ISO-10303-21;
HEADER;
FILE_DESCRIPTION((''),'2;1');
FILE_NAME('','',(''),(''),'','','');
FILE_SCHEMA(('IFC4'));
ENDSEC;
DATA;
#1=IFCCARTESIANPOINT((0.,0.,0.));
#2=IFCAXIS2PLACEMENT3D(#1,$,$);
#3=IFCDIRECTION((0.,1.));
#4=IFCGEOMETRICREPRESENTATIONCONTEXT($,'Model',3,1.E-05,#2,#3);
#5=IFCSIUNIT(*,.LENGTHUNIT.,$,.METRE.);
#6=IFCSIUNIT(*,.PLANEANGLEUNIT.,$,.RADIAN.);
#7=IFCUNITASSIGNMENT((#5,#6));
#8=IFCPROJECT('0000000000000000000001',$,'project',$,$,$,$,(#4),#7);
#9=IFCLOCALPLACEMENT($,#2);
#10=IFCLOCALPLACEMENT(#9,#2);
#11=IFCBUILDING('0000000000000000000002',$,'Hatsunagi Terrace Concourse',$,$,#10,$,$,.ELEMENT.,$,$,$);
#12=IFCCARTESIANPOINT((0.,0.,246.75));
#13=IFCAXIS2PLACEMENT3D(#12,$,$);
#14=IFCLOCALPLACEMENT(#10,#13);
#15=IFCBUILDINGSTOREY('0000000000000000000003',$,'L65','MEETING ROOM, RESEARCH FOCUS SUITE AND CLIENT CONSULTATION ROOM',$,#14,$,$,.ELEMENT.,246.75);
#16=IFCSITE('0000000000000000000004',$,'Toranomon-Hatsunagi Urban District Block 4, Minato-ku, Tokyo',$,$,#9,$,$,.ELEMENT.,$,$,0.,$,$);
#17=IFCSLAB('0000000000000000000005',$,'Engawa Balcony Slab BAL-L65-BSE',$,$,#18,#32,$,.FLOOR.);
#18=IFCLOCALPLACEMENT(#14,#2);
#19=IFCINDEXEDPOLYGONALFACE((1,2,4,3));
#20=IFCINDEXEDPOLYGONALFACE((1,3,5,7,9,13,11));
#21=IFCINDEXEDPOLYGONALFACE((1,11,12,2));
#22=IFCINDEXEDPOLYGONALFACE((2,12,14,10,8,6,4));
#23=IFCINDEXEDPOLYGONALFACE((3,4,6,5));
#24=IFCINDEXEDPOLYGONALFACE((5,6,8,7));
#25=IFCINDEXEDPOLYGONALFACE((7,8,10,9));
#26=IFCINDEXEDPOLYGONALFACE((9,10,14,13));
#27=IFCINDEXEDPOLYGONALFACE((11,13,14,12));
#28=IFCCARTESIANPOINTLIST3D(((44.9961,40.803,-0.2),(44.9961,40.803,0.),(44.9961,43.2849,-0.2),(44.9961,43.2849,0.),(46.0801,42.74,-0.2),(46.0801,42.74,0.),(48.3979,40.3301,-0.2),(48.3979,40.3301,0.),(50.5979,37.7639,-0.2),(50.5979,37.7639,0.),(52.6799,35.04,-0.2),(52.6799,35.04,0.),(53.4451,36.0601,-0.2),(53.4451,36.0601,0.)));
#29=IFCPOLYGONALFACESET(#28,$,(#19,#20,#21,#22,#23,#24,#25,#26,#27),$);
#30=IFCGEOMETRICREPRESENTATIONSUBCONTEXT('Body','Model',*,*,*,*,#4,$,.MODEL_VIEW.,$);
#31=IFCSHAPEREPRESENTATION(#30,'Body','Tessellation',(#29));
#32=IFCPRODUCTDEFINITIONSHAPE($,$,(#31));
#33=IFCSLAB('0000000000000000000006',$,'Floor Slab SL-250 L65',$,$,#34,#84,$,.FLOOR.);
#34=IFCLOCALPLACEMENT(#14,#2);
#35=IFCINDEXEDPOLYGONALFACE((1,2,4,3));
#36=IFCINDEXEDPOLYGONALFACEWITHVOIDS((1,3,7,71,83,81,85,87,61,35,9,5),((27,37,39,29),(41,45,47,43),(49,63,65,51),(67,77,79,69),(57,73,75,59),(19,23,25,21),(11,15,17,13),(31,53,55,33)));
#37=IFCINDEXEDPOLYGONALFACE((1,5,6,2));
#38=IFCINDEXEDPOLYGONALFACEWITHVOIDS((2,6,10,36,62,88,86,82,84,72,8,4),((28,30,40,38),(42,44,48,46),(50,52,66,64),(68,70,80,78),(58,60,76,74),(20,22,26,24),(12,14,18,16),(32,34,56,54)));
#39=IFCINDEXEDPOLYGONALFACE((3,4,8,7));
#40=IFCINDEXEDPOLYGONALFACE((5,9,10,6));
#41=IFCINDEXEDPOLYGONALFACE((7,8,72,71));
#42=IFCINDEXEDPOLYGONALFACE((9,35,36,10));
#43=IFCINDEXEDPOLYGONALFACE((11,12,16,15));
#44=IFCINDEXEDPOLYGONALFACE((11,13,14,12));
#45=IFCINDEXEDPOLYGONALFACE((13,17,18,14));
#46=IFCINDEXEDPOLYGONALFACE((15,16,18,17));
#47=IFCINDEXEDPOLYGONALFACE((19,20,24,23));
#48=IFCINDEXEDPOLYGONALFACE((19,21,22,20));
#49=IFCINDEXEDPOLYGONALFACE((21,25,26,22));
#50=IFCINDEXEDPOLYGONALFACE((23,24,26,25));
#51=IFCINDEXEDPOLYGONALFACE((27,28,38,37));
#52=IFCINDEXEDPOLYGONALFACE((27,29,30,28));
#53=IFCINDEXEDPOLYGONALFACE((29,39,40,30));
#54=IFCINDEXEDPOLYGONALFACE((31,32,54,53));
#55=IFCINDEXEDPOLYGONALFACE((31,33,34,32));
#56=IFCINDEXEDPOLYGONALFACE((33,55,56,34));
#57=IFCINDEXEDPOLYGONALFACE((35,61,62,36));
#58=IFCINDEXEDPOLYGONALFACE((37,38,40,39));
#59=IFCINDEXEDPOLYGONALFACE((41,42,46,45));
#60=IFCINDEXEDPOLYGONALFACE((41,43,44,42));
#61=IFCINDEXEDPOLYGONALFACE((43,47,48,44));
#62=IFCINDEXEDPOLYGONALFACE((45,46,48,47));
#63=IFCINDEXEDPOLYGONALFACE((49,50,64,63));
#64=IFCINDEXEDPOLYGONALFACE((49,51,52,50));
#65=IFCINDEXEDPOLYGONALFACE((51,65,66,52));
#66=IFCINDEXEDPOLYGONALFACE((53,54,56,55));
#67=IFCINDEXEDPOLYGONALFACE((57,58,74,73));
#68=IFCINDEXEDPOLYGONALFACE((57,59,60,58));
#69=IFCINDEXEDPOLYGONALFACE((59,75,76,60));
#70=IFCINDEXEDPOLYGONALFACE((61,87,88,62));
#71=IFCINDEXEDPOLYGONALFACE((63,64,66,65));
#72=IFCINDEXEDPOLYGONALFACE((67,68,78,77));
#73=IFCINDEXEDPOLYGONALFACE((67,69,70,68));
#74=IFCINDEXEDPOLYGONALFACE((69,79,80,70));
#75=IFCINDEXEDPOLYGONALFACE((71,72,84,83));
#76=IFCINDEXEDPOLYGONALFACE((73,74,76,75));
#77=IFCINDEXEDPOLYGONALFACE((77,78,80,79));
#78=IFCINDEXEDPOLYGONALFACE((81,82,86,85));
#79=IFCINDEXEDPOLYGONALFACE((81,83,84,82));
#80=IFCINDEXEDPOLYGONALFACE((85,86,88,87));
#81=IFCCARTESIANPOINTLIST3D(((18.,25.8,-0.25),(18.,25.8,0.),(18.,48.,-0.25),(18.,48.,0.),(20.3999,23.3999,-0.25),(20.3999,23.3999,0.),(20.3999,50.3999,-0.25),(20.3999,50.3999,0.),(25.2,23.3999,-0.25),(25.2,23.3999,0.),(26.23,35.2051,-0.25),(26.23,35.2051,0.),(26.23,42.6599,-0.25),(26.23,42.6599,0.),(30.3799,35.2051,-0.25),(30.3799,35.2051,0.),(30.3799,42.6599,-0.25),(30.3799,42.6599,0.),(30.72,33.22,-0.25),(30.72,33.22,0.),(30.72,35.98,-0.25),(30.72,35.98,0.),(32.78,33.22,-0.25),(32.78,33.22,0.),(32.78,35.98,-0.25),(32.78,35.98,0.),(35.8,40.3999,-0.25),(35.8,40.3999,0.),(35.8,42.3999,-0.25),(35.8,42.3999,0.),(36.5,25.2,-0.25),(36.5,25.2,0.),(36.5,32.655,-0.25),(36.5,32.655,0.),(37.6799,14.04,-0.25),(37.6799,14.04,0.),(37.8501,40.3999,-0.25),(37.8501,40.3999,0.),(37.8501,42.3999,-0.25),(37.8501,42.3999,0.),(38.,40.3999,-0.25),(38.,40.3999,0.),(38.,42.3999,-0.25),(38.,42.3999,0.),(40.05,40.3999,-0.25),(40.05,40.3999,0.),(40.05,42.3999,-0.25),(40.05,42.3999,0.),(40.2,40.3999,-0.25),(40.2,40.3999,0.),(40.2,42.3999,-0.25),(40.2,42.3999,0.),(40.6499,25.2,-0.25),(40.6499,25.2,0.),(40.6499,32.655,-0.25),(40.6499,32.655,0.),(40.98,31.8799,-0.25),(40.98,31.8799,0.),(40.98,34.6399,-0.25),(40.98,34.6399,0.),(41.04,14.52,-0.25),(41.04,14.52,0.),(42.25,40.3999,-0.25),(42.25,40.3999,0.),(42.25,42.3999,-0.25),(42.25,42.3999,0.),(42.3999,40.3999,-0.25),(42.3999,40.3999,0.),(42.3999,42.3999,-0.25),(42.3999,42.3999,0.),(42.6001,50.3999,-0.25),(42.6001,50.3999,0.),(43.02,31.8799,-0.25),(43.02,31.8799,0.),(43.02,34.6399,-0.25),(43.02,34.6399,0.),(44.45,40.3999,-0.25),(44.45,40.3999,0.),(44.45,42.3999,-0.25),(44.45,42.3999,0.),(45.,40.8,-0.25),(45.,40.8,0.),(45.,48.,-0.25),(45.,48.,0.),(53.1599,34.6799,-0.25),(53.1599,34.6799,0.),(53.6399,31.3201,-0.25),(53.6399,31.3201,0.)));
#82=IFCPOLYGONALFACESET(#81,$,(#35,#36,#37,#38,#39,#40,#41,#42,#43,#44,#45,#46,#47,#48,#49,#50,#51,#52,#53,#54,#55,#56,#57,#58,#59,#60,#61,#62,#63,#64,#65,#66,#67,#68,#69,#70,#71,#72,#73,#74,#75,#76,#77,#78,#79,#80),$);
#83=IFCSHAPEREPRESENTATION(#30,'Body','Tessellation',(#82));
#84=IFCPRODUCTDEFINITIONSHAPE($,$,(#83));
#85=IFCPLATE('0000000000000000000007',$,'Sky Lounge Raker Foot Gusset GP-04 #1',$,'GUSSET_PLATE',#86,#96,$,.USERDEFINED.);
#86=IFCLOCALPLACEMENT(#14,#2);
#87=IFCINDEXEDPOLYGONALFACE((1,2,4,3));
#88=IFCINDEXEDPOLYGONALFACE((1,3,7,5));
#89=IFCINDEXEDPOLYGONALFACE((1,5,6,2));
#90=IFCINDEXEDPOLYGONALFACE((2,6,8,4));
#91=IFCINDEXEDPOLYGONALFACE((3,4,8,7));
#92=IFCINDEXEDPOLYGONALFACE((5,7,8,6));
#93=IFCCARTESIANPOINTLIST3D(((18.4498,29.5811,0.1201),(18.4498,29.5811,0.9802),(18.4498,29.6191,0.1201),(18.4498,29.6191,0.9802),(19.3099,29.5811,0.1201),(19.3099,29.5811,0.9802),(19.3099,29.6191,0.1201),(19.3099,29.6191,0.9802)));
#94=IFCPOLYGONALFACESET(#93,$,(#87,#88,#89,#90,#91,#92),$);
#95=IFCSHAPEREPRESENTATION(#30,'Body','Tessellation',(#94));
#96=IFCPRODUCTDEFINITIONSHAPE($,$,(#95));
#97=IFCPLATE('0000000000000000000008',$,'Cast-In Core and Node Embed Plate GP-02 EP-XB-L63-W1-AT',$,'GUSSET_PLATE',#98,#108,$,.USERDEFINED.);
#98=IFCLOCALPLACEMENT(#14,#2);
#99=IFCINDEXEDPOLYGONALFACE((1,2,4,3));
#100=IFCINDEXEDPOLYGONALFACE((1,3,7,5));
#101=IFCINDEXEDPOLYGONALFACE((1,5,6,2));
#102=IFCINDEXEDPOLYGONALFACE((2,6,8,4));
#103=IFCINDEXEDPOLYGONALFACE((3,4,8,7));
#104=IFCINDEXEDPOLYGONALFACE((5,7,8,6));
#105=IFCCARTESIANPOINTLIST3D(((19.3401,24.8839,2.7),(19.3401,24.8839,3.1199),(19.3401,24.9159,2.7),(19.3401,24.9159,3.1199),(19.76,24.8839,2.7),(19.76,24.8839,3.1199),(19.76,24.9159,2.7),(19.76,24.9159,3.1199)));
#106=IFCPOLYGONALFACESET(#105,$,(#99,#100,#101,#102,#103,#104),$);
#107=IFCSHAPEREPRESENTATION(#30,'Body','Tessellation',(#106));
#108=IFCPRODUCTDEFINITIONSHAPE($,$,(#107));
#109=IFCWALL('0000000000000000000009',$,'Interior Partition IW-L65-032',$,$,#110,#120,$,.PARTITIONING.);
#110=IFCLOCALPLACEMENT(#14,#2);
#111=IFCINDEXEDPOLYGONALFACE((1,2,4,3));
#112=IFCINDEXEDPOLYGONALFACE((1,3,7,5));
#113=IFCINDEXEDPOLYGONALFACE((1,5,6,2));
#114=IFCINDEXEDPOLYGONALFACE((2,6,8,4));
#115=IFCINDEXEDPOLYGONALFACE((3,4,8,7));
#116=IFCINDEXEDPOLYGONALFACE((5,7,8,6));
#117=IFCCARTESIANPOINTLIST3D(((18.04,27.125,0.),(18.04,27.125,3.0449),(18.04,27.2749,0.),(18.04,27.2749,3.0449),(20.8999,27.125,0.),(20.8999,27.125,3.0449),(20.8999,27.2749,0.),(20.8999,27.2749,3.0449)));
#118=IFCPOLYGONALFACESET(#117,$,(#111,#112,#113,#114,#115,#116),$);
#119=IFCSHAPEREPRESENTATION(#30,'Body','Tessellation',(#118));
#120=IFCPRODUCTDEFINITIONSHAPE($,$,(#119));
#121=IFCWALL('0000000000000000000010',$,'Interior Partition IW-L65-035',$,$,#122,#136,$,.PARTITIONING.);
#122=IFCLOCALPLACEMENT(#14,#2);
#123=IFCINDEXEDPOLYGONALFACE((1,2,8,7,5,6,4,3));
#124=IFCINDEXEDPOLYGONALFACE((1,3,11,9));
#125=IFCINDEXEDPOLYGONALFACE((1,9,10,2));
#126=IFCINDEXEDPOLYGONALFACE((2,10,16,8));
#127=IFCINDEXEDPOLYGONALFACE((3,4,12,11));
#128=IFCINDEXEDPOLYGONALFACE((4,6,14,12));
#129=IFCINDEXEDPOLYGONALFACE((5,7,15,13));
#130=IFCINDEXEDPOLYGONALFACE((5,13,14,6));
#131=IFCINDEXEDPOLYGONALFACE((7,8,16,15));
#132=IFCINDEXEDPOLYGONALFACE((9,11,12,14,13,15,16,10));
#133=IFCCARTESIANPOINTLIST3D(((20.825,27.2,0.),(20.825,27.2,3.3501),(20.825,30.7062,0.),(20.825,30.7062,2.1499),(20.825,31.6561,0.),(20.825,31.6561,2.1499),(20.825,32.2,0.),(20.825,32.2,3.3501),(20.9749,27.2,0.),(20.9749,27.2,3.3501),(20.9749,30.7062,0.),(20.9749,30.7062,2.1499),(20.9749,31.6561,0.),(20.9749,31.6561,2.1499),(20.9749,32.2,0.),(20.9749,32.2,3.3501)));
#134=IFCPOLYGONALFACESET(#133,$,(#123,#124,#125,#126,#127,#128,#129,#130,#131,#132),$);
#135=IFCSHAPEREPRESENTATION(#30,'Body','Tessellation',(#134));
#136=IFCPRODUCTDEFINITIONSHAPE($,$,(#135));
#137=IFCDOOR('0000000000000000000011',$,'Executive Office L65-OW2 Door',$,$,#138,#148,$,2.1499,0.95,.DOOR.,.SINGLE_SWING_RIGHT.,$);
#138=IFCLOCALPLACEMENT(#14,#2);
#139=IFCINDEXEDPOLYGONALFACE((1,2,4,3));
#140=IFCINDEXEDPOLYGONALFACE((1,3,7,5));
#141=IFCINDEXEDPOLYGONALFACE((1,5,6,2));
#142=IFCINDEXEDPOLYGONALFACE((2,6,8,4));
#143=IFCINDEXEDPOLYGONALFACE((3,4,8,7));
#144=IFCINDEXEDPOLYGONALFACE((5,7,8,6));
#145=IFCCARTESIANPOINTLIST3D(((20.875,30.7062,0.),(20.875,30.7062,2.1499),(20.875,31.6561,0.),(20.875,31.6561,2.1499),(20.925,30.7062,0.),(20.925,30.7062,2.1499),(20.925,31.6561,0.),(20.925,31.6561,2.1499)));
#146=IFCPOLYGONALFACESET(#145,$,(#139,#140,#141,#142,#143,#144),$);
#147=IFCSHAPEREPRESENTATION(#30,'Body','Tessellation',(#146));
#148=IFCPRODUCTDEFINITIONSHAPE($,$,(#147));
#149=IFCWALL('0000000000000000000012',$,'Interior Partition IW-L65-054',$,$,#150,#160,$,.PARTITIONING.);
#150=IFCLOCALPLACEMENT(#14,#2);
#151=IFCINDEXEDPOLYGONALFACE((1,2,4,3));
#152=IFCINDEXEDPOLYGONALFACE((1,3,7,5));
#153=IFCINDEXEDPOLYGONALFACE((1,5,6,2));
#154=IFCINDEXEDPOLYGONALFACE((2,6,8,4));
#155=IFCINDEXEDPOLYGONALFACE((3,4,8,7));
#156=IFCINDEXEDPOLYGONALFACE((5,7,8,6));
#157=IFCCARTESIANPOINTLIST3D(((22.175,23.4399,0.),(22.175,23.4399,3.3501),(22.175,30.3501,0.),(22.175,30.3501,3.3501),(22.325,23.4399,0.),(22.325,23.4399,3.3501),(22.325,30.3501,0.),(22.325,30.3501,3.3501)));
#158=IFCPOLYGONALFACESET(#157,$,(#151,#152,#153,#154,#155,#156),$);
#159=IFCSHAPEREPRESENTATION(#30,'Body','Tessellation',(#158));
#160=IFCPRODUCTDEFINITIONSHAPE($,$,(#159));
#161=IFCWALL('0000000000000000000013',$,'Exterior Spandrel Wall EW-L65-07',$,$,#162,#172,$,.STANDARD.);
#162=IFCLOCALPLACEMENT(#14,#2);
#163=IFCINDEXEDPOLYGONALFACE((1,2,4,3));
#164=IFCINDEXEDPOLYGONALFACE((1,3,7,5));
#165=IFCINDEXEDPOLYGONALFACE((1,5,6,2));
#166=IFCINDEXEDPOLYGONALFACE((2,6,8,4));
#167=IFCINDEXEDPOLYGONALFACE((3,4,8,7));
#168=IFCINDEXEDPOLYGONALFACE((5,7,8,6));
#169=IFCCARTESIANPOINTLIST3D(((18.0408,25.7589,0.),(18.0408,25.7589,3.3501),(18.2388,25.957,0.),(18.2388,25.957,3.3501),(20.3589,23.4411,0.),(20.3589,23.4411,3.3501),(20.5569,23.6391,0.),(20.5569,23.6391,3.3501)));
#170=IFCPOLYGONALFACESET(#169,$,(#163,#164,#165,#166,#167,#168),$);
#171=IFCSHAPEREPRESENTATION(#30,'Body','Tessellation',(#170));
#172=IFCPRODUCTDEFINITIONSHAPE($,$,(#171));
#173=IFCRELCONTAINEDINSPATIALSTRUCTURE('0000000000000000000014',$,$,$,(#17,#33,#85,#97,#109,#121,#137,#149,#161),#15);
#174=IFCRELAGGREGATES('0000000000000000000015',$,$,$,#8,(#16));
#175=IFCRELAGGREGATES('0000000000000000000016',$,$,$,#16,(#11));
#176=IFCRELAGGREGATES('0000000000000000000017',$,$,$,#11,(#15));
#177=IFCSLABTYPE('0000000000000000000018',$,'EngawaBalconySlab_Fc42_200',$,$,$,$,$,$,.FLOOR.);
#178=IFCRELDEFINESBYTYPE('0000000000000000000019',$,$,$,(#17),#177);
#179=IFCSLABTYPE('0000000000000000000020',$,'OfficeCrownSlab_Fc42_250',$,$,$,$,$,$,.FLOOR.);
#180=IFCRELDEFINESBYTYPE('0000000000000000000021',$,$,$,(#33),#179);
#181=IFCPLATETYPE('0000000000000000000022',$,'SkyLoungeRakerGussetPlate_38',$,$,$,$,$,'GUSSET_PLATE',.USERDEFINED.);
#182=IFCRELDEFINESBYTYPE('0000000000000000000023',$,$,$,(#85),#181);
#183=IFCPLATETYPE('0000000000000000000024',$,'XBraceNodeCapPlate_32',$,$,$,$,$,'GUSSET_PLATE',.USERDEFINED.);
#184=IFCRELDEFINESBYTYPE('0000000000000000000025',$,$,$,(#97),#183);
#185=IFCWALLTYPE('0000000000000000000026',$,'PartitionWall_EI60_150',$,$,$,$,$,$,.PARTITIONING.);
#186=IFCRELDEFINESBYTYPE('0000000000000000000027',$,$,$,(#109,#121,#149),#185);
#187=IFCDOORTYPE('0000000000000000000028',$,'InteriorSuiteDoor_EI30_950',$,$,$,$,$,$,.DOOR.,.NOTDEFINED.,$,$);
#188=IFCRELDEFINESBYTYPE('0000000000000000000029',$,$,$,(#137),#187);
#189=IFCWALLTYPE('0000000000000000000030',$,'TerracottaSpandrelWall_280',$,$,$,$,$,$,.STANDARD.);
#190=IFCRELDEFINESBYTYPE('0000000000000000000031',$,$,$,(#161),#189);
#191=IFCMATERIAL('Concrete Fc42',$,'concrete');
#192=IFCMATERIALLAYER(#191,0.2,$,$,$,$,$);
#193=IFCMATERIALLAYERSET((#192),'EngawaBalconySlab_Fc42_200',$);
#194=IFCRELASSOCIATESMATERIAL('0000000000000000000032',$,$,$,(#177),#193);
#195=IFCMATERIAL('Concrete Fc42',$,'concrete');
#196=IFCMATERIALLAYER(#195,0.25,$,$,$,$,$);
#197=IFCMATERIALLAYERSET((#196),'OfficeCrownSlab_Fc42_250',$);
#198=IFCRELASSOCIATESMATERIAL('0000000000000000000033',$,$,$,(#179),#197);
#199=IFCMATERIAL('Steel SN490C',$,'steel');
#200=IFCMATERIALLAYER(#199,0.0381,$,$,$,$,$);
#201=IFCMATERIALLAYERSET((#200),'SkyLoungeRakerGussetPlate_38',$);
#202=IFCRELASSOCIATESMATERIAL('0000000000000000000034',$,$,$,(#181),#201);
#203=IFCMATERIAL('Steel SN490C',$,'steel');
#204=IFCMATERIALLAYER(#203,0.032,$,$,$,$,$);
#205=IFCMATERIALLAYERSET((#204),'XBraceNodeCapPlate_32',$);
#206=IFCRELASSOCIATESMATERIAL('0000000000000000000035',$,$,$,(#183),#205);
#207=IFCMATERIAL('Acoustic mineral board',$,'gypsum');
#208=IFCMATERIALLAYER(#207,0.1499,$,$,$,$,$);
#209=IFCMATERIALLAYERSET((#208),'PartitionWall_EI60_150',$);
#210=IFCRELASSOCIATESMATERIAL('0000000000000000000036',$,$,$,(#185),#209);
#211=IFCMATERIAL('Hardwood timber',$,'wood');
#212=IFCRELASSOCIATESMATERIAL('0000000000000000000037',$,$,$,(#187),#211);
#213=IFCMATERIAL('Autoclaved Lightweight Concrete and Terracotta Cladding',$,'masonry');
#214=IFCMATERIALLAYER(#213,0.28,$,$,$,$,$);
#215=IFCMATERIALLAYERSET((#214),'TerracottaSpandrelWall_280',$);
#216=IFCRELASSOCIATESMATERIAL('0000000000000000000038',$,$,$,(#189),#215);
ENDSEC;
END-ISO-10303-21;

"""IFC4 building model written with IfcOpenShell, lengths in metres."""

from ifc_helpers import new_model, si_unit, direction, frame, frame_2d, origin, origin_2d, place, context, subcontext, project, spatial, polyline, rectangle, outline, extrude, material, layer, layer_set, type_object, element, fill, save


model = new_model("IFC4")

# Units and contexts
model_context = context("Model", 3, precision=1e-05, world=origin(), true_north=direction((0.0, 1.0)))
body_context = subcontext(model_context, "Body", "Model", "MODEL_VIEW")
ifc_project = project(units=[si_unit("LENGTHUNIT", "METRE"), si_unit("PLANEANGLEUNIT", "RADIAN")], contexts=[model_context])

# Site, building, storey
site_placement = place(None, origin())
site = spatial("IfcSite", under=ifc_project, at=site_placement, Name="Toranomon-Hatsunagi Urban District Block 4, Minato-ku, Tokyo", CompositionType="ELEMENT", RefElevation=0.0)
building_placement = place(site_placement, origin())
building = spatial("IfcBuilding", under=site, at=building_placement, Name="Hatsunagi Terrace Concourse", CompositionType="ELEMENT")
storey_placement = place(building_placement, frame((0.0, 0.0, 246.75)))
storey = spatial("IfcBuildingStorey", under=building, at=storey_placement, Name="L65", Description="MEETING ROOM, RESEARCH FOCUS SUITE AND CLIENT CONSULTATION ROOM", CompositionType="ELEMENT", Elevation=246.75)

# Slabs
ifc_material_1 = material(Name="Concrete Fc42", Category="concrete")
ifc_layer_1 = layer(ifc_material_1, 0.2)
ifc_layer_set_1 = layer_set([ifc_layer_1], Name="EngawaBalconySlab_Fc42_200")
slab_type_1 = type_object("IfcSlabType", Name="EngawaBalconySlab_Fc42_200", PredefinedType="FLOOR", material=ifc_layer_set_1)
slab_1_placement = place(storey_placement, frame((0.0, 0.0, -0.2)))
element("IfcSlab", 1, at=slab_1_placement, inside=storey, type_object=slab_type_1, Name="Engawa Balcony Slab BAL-L65-BSE", PredefinedType="FLOOR", context=body_context, shape_type="SweptSolid", body=[
    extrude(outline(polyline([(46.0801, 42.74), (44.9961, 43.2849), (44.9961, 40.803), (52.6799, 35.04), (53.4451, 36.0601), (50.5979, 37.7639), (48.3979, 40.3301), (46.0801, 42.74)])), origin(), (0.0, 0.0, 1.0), 0.2),
])
ifc_material_2 = material(Name="Concrete Fc42", Category="concrete")
ifc_layer_2 = layer(ifc_material_2, 0.25)
ifc_layer_set_2 = layer_set([ifc_layer_2], Name="OfficeCrownSlab_Fc42_250")
slab_type_2 = type_object("IfcSlabType", Name="OfficeCrownSlab_Fc42_250", PredefinedType="FLOOR", material=ifc_layer_set_2)
slab_2_placement = place(storey_placement, frame((0.0, 0.0, -0.25)))
element("IfcSlab", 2, at=slab_2_placement, inside=storey, type_object=slab_type_2, Name="Floor Slab SL-250 L65", PredefinedType="FLOOR", context=body_context, shape_type="SweptSolid", body=[
    extrude(outline(polyline([(45.0, 40.8), (45.0, 48.0), (42.6001, 50.3999), (20.3999, 50.3999), (18.0, 48.0), (18.0, 25.8), (20.3999, 23.3999), (25.2, 23.3999), (37.6799, 14.04), (41.04, 14.52), (53.6399, 31.3201), (53.1599, 34.6799), (45.0, 40.8)]), holes=[polyline([(26.23, 35.2051), (30.3799, 35.2051), (30.3799, 42.6599), (26.23, 42.6599), (26.23, 35.2051)]), polyline([(36.5, 25.2), (40.6499, 25.2), (40.6499, 32.655), (36.5, 32.655), (36.5, 25.2)]), polyline([(30.72, 33.22), (32.78, 33.22), (32.78, 35.98), (30.72, 35.98), (30.72, 33.22)]), polyline([(40.98, 31.8799), (43.02, 31.8799), (43.02, 34.6399), (40.98, 34.6399), (40.98, 31.8799)]), polyline([(35.8, 40.3999), (37.8501, 40.3999), (37.8501, 42.3999), (35.8, 42.3999), (35.8, 40.3999)]), polyline([(38.0, 40.3999), (40.05, 40.3999), (40.05, 42.3999), (38.0, 42.3999), (38.0, 40.3999)]), polyline([(40.2, 40.3999), (42.25, 40.3999), (42.25, 42.3999), (40.2, 42.3999), (40.2, 40.3999)]), polyline([(42.3999, 40.3999), (44.45, 40.3999), (44.45, 42.3999), (42.3999, 42.3999), (42.3999, 40.3999)])]), origin(), (0.0, 0.0, 1.0), 0.25),
])

# Plates
ifc_material_3 = material(Name="Steel SN490C", Category="steel")
ifc_layer_3 = layer(ifc_material_3, 0.0381)
ifc_layer_set_3 = layer_set([ifc_layer_3], Name="SkyLoungeRakerGussetPlate_38")
plate_type_1 = type_object("IfcPlateType", Name="SkyLoungeRakerGussetPlate_38", ElementType="GUSSET_PLATE", PredefinedType="USERDEFINED", material=ifc_layer_set_3)
plate_1_placement = place(storey_placement, frame((18.8799, 29.6001, 0.1201), z_axis=(0.0, 0.0, 1.0), x_axis=(1.0, 0.0, 0.0)))
element("IfcPlate", 3, at=plate_1_placement, inside=storey, type_object=plate_type_1, Name="Sky Lounge Raker Foot Gusset GP-04 #1", ObjectType="GUSSET_PLATE", PredefinedType="USERDEFINED", context=body_context, shape_type="SweptSolid", body=[
    extrude(rectangle(XDim=0.8601, YDim=0.0381, at=origin_2d()), origin(), (0.0, 0.0, 1.0), 0.8601),
])
ifc_material_4 = material(Name="Steel SN490C", Category="steel")
ifc_layer_4 = layer(ifc_material_4, 0.032)
ifc_layer_set_4 = layer_set([ifc_layer_4], Name="XBraceNodeCapPlate_32")
plate_type_2 = type_object("IfcPlateType", Name="XBraceNodeCapPlate_32", ElementType="GUSSET_PLATE", PredefinedType="USERDEFINED", material=ifc_layer_set_4)
plate_2_placement = place(storey_placement, frame((19.55, 24.8999, 2.7), z_axis=(0.0, 0.0, 1.0), x_axis=(1.0, 0.0, 0.0)))
element("IfcPlate", 4, at=plate_2_placement, inside=storey, type_object=plate_type_2, Name="Cast-In Core and Node Embed Plate GP-02 EP-XB-L63-W1-AT", ObjectType="GUSSET_PLATE", PredefinedType="USERDEFINED", context=body_context, shape_type="SweptSolid", body=[
    extrude(rectangle(XDim=0.4199, YDim=0.032, at=origin_2d()), origin(), (0.0, 0.0, 1.0), 0.4199),
])

# Wall
ifc_material_5 = material(Name="Acoustic mineral board", Category="gypsum")
ifc_layer_5 = layer(ifc_material_5, 0.1499)
ifc_layer_set_5 = layer_set([ifc_layer_5], Name="PartitionWall_EI60_150")
wall_type_1 = type_object("IfcWallType", Name="PartitionWall_EI60_150", PredefinedType="PARTITIONING", material=ifc_layer_set_5)
wall_1_placement = place(storey_placement, frame((18.04, 27.2, 0.0), z_axis=(0.0, 0.0, 1.0), x_axis=(1.0, 0.0, 0.0)))
element("IfcWall", 5, at=wall_1_placement, inside=storey, type_object=wall_type_1, Name="Interior Partition IW-L65-032", PredefinedType="PARTITIONING", context=body_context, shape_type="SweptSolid", body=[
    extrude(rectangle(XDim=2.8599, YDim=0.1499, at=frame_2d((1.4299, 0.0))), origin(), (0.0, 0.0, 1.0), 3.0449),
])

# Wall, opening, door
ifc_material_6 = material(Name="Hardwood timber", Category="wood")
door_type = type_object("IfcDoorType", Name="InteriorSuiteDoor_EI30_950", OperationType="NOTDEFINED", PredefinedType="DOOR", material=ifc_material_6)
wall_2_placement = place(storey_placement, frame((20.8999, 27.2, 0.0), z_axis=(0.0, 0.0, 1.0), x_axis=(0.0, 1.0, 0.0)))
wall_2 = element("IfcWall", 6, at=wall_2_placement, inside=storey, type_object=wall_type_1, Name="Interior Partition IW-L65-035", PredefinedType="PARTITIONING", context=body_context, shape_type="SweptSolid", body=[
    extrude(rectangle(XDim=5.0, YDim=0.1499, at=frame_2d((2.5, 0.0))), origin(), (0.0, 0.0, 1.0), 3.3501),
])
opening_1_placement = place(wall_2_placement, frame((3.5061, 0.0, 0.0)))
opening_1 = element("IfcOpeningElement", 7, at=opening_1_placement, cuts=wall_2, PredefinedType="OPENING", context=body_context, shape_type="SweptSolid", body=[
    extrude(rectangle(XDim=0.95, YDim=2.1499, at=frame_2d((0.4751, 1.075))), frame((0.0, 0.085, 0.0), z_axis=(0.0, -1.0, 0.0), x_axis=(1.0, 0.0, 0.0)), (0.0, 0.0, 1.0), 0.1699),
])
door_1_placement = place(opening_1_placement, origin())
door_1 = element("IfcDoor", 8, at=door_1_placement, inside=storey, type_object=door_type, Name="Executive Office L65-OW2 Door", OperationType="SINGLE_SWING_RIGHT", OverallHeight=2.1499, OverallWidth=0.95, PredefinedType="DOOR", context=body_context, shape_type="SweptSolid", body=[
    extrude(rectangle(XDim=0.95, YDim=2.1499, at=frame_2d((0.4751, 1.075))), frame((0.0, 0.0249, 0.0), z_axis=(0.0, -1.0, 0.0), x_axis=(1.0, 0.0, 0.0)), (0.0, 0.0, 1.0), 0.05),
])
fill(opening_1, door_1)

# Walls
wall_3_placement = place(storey_placement, frame((22.25, 23.4399, 0.0), z_axis=(0.0, 0.0, 1.0), x_axis=(0.0, 1.0, 0.0)))
element("IfcWall", 9, at=wall_3_placement, inside=storey, type_object=wall_type_1, Name="Interior Partition IW-L65-054", PredefinedType="PARTITIONING", context=body_context, shape_type="SweptSolid", body=[
    extrude(rectangle(XDim=6.9102, YDim=0.1499, at=frame_2d((3.4551, 0.0))), origin(), (0.0, 0.0, 1.0), 3.3501),
])
ifc_material_7 = material(Name="Autoclaved Lightweight Concrete and Terracotta Cladding", Category="masonry")
ifc_layer_6 = layer(ifc_material_7, 0.28)
ifc_layer_set_6 = layer_set([ifc_layer_6], Name="TerracottaSpandrelWall_280")
wall_type_2 = type_object("IfcWallType", Name="TerracottaSpandrelWall_280", PredefinedType="STANDARD", material=ifc_layer_set_6)
wall_4_placement = place(storey_placement, frame((20.458, 23.54, 0.0), z_axis=(0.0, 0.0, 1.0), x_axis=(-0.707144, 0.70707, 0.0)))
element("IfcWall", 10, at=wall_4_placement, inside=storey, type_object=wall_type_2, Name="Exterior Spandrel Wall EW-L65-07", PredefinedType="STANDARD", context=body_context, shape_type="SweptSolid", body=[
    extrude(rectangle(XDim=3.2781, YDim=0.28, at=frame_2d((1.6392, 0.0))), origin(), (0.0, 0.0, 1.0), 3.3501),
])

save(model, "model.ifc")
